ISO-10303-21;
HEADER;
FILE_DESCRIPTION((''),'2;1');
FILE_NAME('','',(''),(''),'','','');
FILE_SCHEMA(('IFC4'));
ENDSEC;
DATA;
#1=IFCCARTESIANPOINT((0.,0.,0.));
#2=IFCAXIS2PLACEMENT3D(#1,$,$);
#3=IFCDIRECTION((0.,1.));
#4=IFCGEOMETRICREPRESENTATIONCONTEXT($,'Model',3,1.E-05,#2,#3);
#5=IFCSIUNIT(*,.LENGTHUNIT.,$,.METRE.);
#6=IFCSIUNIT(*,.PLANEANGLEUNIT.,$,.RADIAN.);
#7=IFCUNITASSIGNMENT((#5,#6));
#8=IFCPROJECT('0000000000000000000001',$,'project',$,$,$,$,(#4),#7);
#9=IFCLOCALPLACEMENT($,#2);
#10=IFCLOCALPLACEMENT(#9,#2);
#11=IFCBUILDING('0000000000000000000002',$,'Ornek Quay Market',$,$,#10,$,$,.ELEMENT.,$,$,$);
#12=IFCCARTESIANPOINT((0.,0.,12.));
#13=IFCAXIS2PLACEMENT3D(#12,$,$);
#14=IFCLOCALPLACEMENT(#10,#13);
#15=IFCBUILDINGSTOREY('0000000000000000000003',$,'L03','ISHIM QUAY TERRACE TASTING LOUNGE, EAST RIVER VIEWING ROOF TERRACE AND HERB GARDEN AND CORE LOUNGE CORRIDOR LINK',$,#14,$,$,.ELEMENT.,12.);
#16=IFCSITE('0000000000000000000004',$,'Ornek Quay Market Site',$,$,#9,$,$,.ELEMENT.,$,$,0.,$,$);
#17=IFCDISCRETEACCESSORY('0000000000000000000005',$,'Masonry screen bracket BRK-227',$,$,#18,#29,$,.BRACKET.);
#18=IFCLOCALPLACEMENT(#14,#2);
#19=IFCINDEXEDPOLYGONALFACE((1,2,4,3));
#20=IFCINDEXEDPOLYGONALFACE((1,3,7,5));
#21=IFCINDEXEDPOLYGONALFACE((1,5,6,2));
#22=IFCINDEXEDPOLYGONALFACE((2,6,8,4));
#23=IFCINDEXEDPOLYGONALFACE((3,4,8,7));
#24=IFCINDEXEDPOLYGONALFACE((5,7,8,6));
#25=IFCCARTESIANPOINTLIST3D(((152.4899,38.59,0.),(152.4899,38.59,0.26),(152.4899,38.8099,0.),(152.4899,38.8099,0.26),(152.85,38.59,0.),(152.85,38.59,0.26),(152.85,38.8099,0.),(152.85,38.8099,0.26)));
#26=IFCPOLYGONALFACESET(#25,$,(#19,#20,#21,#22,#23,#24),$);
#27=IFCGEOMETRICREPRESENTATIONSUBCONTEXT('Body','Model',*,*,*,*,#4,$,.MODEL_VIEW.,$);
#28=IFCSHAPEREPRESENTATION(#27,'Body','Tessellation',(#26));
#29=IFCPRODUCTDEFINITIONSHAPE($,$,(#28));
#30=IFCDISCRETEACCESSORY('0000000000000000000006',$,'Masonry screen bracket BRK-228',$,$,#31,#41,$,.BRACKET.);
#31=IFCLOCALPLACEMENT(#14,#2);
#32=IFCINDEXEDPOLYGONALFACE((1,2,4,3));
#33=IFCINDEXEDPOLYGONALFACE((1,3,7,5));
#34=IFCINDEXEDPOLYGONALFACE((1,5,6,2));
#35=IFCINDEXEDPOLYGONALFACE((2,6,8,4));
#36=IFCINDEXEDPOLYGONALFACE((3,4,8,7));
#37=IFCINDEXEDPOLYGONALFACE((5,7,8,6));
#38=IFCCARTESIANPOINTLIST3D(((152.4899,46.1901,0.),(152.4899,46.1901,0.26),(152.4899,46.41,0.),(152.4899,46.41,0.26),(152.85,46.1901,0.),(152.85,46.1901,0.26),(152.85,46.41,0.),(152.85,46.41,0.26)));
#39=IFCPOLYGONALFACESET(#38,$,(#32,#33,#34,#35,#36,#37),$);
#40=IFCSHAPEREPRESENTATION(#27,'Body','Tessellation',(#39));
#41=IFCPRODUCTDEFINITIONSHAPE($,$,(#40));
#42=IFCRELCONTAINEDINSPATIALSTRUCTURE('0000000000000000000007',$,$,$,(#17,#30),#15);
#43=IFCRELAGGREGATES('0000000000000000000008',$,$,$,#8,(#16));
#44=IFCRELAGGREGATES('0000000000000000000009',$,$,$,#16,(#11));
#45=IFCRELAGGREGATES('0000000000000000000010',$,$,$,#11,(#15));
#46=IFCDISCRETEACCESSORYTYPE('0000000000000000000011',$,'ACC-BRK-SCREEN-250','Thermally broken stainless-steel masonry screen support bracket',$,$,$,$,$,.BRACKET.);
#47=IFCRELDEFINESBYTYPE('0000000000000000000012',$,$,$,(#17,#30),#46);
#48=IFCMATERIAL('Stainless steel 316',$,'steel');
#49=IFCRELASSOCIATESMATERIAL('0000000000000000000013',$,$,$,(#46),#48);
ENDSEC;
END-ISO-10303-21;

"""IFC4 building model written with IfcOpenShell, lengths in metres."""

from ifc_helpers import new_model, si_unit, direction, frame, origin, origin_2d, place, context, subcontext, project, spatial, rectangle, extrude, material, type_object, element, save


model = new_model("IFC4")

# Units and contexts
model_context = context("Model", 3, precision=1e-05, world=origin(), true_north=direction((0.0, 1.0)))
body_context = subcontext(model_context, "Body", "Model", "MODEL_VIEW")
ifc_project = project(units=[si_unit("LENGTHUNIT", "METRE"), si_unit("PLANEANGLEUNIT", "RADIAN")], contexts=[model_context])

# Site, building, storey
site_placement = place(None, origin())
site = spatial("IfcSite", under=ifc_project, at=site_placement, Name="Ornek Quay Market Site", CompositionType="ELEMENT", RefElevation=0.0)
building_placement = place(site_placement, origin())
building = spatial("IfcBuilding", under=site, at=building_placement, Name="Ornek Quay Market", CompositionType="ELEMENT")
storey_placement = place(building_placement, frame((0.0, 0.0, 12.0)))
storey = spatial("IfcBuildingStorey", under=building, at=storey_placement, Name="L03", Description="ISHIM QUAY TERRACE TASTING LOUNGE, EAST RIVER VIEWING ROOF TERRACE AND HERB GARDEN AND CORE LOUNGE CORRIDOR LINK", CompositionType="ELEMENT", Elevation=12.0)

# Discrete accessories
ifc_material_1 = material(Name="Stainless steel 316", Category="steel")
discrete_accessory_type = type_object("IfcDiscreteAccessoryType", Name="ACC-BRK-SCREEN-250", Description="Thermally broken stainless-steel masonry screen support bracket", PredefinedType="BRACKET", material=ifc_material_1)
for number, where, z_axis, x_axis, name in (
    (1, (152.6699, 38.7, 0.0), (0.0, 0.0, 1.0), (0.0, 1.0, 0.0), "Masonry screen bracket BRK-227"),
    (2, (152.6699, 46.3, 0.0), (0.0, 0.0, 1.0), (0.0, 1.0, 0.0), "Masonry screen bracket BRK-228"),
):
    element("IfcDiscreteAccessory", number, at=place(storey_placement, frame(where, z_axis=z_axis, x_axis=x_axis)), inside=storey, type_object=discrete_accessory_type, Name=name, PredefinedType="BRACKET", context=body_context, shape_type="SweptSolid", body=[
        extrude(rectangle(XDim=0.22, YDim=0.3601, at=origin_2d()), origin(), (0.0, 0.0, 1.0), 0.26),
    ])

save(model, "model.ifc")
